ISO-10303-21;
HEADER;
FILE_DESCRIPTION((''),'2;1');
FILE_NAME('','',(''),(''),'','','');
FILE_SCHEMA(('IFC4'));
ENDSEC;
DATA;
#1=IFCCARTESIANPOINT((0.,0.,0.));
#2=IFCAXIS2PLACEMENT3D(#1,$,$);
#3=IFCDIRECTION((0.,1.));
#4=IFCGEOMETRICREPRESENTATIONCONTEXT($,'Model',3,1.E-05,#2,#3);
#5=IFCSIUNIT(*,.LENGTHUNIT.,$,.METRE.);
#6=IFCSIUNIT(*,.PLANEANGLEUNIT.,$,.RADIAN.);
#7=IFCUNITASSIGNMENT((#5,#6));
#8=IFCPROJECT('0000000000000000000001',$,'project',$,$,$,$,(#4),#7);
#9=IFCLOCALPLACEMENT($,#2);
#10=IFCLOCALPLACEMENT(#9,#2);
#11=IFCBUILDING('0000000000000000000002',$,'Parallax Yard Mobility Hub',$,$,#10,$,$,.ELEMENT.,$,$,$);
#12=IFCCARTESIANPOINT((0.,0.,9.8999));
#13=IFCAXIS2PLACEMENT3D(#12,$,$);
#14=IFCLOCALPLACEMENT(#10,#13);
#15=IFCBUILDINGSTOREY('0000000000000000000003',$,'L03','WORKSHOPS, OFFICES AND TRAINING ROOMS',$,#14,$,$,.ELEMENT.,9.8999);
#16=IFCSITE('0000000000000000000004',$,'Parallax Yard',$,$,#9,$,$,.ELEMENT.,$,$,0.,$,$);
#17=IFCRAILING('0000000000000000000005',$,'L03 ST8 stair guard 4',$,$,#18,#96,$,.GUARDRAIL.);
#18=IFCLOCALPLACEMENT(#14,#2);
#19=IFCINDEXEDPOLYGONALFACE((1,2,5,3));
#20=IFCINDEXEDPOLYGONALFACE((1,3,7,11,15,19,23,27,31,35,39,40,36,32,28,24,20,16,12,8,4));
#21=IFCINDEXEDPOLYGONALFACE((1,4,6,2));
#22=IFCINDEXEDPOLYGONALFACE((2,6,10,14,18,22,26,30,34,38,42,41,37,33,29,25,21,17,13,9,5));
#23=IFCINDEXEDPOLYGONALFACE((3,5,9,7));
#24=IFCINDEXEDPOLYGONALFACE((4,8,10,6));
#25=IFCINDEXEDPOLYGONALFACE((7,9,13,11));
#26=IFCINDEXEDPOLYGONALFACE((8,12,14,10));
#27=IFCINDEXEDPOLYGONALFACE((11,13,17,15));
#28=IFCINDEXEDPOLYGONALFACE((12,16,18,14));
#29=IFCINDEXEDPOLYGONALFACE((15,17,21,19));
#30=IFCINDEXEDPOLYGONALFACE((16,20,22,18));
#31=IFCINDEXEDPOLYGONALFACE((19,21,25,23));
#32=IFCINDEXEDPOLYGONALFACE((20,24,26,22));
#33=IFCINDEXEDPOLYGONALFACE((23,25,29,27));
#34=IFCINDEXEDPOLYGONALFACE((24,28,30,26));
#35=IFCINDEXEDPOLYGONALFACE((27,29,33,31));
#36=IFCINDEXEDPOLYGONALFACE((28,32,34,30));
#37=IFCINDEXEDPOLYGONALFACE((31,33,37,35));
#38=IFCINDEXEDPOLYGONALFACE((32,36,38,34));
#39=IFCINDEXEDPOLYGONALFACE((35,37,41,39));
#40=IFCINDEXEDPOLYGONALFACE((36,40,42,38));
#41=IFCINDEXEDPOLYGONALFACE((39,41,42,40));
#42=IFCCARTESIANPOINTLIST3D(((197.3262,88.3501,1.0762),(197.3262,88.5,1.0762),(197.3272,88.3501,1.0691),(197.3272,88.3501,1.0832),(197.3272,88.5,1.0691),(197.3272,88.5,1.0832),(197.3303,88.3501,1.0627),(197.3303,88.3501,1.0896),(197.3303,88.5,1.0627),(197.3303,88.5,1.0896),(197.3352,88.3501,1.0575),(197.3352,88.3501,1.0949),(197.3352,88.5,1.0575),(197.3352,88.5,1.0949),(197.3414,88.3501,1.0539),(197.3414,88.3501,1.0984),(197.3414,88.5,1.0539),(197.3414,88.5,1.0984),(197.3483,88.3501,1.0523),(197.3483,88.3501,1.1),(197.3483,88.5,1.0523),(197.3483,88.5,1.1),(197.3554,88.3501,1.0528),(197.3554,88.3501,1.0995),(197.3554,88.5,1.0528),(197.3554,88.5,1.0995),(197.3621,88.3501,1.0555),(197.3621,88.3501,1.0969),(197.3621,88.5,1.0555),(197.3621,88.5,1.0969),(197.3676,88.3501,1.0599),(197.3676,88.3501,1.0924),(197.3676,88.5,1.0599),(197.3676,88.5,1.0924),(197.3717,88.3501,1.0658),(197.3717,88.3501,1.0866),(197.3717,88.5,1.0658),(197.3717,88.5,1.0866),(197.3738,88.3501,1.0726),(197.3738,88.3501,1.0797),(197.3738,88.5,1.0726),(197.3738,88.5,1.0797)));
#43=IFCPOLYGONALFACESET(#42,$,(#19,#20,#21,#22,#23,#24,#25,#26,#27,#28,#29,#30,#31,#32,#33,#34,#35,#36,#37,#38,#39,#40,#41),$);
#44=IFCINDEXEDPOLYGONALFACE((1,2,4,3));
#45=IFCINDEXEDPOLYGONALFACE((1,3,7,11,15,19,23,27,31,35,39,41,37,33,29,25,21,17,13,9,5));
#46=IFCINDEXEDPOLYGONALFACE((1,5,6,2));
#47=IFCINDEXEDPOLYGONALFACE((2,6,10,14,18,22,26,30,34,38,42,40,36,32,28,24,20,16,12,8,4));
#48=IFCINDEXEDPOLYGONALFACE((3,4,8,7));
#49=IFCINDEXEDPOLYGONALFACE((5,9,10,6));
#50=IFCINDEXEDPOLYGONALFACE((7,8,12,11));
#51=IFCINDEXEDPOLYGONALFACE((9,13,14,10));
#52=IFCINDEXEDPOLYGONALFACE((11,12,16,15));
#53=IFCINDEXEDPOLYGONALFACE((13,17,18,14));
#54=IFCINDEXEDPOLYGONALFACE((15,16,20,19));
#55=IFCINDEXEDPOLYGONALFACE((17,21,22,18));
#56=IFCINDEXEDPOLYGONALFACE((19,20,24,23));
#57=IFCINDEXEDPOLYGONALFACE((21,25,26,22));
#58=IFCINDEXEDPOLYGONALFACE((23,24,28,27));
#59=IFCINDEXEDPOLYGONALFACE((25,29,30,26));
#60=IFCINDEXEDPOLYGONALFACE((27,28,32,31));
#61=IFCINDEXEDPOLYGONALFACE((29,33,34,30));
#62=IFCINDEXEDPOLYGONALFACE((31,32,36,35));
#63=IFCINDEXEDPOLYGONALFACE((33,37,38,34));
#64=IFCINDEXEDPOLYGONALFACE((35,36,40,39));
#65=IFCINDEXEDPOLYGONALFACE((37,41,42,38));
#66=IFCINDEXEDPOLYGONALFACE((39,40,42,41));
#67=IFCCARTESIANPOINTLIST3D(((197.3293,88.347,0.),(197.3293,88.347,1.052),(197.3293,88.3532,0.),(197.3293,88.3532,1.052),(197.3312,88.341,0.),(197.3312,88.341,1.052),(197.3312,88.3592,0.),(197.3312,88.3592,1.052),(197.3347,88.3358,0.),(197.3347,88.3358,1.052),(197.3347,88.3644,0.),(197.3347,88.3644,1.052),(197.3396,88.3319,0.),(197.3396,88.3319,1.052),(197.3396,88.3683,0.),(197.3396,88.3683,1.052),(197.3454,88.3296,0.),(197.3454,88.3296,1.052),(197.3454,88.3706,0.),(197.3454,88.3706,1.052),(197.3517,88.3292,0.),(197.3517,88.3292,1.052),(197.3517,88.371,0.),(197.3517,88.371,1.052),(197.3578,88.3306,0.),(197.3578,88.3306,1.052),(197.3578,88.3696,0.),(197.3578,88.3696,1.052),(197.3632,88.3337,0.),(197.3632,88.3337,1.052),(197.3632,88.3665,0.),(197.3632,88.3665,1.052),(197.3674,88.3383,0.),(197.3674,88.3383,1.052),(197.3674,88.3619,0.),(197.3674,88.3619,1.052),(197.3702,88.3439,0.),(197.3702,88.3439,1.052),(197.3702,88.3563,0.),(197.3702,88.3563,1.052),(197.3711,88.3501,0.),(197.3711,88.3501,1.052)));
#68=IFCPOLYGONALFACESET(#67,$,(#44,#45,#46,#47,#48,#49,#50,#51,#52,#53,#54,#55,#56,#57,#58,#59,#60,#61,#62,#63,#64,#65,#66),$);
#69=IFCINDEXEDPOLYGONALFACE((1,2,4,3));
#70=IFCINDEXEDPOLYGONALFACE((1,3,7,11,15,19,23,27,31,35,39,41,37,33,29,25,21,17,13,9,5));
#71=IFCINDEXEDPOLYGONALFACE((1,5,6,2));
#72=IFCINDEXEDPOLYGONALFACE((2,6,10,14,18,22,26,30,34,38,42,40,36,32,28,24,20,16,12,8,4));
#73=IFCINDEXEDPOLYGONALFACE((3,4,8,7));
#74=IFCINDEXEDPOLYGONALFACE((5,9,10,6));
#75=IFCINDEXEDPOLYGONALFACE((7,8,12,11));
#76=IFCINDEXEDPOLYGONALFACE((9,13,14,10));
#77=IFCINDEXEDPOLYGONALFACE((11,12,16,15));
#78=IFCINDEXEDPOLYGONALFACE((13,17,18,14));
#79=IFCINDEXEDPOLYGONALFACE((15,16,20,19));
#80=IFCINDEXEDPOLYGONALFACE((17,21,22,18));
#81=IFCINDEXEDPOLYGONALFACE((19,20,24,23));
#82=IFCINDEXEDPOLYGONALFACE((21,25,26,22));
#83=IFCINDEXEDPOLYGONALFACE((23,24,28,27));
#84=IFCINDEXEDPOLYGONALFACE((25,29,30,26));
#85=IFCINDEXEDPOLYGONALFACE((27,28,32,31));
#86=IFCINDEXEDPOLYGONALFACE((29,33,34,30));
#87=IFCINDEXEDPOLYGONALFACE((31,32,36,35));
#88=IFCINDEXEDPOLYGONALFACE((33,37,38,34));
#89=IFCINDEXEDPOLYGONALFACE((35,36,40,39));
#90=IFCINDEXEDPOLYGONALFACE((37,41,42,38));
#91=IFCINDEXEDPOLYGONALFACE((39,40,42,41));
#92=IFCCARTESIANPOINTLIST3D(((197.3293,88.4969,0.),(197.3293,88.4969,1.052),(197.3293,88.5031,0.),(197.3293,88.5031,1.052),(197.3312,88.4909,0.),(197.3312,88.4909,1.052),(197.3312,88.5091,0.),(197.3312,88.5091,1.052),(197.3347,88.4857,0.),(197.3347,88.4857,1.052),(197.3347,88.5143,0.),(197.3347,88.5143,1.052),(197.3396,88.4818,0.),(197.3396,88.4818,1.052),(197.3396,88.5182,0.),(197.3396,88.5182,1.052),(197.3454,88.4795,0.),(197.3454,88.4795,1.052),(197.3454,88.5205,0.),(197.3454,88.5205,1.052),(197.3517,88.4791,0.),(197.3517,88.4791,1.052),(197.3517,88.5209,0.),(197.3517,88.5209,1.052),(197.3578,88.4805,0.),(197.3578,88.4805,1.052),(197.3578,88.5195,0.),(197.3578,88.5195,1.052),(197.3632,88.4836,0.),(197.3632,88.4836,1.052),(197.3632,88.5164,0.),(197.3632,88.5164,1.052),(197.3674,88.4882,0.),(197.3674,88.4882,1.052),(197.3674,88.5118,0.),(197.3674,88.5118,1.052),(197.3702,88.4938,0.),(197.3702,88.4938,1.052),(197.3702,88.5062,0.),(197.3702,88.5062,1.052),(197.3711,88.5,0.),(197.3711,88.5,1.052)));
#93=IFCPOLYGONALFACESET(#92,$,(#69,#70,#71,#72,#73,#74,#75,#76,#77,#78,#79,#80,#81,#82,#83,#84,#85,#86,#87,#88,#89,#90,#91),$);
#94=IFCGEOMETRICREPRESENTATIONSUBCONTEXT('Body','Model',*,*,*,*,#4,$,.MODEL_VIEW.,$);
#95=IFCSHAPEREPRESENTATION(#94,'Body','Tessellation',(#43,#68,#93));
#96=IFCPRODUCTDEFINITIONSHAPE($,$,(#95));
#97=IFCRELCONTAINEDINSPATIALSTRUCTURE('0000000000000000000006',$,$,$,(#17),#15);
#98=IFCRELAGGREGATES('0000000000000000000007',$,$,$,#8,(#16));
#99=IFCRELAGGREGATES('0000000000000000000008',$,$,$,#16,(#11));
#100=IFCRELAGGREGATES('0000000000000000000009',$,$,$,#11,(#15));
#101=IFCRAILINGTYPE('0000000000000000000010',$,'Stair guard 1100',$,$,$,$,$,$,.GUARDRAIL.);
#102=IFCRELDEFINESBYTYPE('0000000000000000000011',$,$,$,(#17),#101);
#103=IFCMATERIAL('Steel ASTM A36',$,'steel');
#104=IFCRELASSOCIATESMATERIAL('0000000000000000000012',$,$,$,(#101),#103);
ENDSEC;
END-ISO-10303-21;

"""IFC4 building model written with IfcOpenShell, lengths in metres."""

from ifc_helpers import new_model, si_unit, direction, frame, origin, origin_2d, place, context, subcontext, project, spatial, circle, extrude, material, type_object, element, save


model = new_model("IFC4")

# Units and contexts
model_context = context("Model", 3, precision=1e-05, world=origin(), true_north=direction((0.0, 1.0)))
body_context = subcontext(model_context, "Body", "Model", "MODEL_VIEW")
ifc_project = project(units=[si_unit("LENGTHUNIT", "METRE"), si_unit("PLANEANGLEUNIT", "RADIAN")], contexts=[model_context])

# Site, building, storey
site_placement = place(None, origin())
site = spatial("IfcSite", under=ifc_project, at=site_placement, Name="Parallax Yard", CompositionType="ELEMENT", RefElevation=0.0)
building_placement = place(site_placement, origin())
building = spatial("IfcBuilding", under=site, at=building_placement, Name="Parallax Yard Mobility Hub", CompositionType="ELEMENT")
storey_placement = place(building_placement, frame((0.0, 0.0, 9.8999)))
storey = spatial("IfcBuildingStorey", under=building, at=storey_placement, Name="L03", Description="WORKSHOPS, OFFICES AND TRAINING ROOMS", CompositionType="ELEMENT", Elevation=9.8999)

# Railing
ifc_material_1 = material(Name="Steel ASTM A36", Category="steel")
railing_type_1 = type_object("IfcRailingType", Name="Stair guard 1100", PredefinedType="GUARDRAIL", material=ifc_material_1)
railing_1_placement = place(storey_placement, frame((197.3501, 88.3501, 0.0)))
element("IfcRailing", 1, at=railing_1_placement, inside=storey, type_object=railing_type_1, Name="L03 ST8 stair guard 4", PredefinedType="GUARDRAIL", context=body_context, shape_type="SweptSolid", body=[
    extrude(circle(Radius=0.0239, at=origin_2d()), frame((0.0, 0.0, 1.0762), z_axis=(0.0, 1.0, 0.0), x_axis=(-1.0, 0.0, 0.0)), (0.0, 0.0, 1.0), 0.1499),
    extrude(circle(Radius=0.021, at=origin_2d()), origin(), (0.0, 0.0, 1.0), 1.052),
    extrude(circle(Radius=0.021, at=origin_2d()), frame((0.0, 0.1499, 0.0)), (0.0, 0.0, 1.0), 1.052),
])

save(model, "model.ifc")
